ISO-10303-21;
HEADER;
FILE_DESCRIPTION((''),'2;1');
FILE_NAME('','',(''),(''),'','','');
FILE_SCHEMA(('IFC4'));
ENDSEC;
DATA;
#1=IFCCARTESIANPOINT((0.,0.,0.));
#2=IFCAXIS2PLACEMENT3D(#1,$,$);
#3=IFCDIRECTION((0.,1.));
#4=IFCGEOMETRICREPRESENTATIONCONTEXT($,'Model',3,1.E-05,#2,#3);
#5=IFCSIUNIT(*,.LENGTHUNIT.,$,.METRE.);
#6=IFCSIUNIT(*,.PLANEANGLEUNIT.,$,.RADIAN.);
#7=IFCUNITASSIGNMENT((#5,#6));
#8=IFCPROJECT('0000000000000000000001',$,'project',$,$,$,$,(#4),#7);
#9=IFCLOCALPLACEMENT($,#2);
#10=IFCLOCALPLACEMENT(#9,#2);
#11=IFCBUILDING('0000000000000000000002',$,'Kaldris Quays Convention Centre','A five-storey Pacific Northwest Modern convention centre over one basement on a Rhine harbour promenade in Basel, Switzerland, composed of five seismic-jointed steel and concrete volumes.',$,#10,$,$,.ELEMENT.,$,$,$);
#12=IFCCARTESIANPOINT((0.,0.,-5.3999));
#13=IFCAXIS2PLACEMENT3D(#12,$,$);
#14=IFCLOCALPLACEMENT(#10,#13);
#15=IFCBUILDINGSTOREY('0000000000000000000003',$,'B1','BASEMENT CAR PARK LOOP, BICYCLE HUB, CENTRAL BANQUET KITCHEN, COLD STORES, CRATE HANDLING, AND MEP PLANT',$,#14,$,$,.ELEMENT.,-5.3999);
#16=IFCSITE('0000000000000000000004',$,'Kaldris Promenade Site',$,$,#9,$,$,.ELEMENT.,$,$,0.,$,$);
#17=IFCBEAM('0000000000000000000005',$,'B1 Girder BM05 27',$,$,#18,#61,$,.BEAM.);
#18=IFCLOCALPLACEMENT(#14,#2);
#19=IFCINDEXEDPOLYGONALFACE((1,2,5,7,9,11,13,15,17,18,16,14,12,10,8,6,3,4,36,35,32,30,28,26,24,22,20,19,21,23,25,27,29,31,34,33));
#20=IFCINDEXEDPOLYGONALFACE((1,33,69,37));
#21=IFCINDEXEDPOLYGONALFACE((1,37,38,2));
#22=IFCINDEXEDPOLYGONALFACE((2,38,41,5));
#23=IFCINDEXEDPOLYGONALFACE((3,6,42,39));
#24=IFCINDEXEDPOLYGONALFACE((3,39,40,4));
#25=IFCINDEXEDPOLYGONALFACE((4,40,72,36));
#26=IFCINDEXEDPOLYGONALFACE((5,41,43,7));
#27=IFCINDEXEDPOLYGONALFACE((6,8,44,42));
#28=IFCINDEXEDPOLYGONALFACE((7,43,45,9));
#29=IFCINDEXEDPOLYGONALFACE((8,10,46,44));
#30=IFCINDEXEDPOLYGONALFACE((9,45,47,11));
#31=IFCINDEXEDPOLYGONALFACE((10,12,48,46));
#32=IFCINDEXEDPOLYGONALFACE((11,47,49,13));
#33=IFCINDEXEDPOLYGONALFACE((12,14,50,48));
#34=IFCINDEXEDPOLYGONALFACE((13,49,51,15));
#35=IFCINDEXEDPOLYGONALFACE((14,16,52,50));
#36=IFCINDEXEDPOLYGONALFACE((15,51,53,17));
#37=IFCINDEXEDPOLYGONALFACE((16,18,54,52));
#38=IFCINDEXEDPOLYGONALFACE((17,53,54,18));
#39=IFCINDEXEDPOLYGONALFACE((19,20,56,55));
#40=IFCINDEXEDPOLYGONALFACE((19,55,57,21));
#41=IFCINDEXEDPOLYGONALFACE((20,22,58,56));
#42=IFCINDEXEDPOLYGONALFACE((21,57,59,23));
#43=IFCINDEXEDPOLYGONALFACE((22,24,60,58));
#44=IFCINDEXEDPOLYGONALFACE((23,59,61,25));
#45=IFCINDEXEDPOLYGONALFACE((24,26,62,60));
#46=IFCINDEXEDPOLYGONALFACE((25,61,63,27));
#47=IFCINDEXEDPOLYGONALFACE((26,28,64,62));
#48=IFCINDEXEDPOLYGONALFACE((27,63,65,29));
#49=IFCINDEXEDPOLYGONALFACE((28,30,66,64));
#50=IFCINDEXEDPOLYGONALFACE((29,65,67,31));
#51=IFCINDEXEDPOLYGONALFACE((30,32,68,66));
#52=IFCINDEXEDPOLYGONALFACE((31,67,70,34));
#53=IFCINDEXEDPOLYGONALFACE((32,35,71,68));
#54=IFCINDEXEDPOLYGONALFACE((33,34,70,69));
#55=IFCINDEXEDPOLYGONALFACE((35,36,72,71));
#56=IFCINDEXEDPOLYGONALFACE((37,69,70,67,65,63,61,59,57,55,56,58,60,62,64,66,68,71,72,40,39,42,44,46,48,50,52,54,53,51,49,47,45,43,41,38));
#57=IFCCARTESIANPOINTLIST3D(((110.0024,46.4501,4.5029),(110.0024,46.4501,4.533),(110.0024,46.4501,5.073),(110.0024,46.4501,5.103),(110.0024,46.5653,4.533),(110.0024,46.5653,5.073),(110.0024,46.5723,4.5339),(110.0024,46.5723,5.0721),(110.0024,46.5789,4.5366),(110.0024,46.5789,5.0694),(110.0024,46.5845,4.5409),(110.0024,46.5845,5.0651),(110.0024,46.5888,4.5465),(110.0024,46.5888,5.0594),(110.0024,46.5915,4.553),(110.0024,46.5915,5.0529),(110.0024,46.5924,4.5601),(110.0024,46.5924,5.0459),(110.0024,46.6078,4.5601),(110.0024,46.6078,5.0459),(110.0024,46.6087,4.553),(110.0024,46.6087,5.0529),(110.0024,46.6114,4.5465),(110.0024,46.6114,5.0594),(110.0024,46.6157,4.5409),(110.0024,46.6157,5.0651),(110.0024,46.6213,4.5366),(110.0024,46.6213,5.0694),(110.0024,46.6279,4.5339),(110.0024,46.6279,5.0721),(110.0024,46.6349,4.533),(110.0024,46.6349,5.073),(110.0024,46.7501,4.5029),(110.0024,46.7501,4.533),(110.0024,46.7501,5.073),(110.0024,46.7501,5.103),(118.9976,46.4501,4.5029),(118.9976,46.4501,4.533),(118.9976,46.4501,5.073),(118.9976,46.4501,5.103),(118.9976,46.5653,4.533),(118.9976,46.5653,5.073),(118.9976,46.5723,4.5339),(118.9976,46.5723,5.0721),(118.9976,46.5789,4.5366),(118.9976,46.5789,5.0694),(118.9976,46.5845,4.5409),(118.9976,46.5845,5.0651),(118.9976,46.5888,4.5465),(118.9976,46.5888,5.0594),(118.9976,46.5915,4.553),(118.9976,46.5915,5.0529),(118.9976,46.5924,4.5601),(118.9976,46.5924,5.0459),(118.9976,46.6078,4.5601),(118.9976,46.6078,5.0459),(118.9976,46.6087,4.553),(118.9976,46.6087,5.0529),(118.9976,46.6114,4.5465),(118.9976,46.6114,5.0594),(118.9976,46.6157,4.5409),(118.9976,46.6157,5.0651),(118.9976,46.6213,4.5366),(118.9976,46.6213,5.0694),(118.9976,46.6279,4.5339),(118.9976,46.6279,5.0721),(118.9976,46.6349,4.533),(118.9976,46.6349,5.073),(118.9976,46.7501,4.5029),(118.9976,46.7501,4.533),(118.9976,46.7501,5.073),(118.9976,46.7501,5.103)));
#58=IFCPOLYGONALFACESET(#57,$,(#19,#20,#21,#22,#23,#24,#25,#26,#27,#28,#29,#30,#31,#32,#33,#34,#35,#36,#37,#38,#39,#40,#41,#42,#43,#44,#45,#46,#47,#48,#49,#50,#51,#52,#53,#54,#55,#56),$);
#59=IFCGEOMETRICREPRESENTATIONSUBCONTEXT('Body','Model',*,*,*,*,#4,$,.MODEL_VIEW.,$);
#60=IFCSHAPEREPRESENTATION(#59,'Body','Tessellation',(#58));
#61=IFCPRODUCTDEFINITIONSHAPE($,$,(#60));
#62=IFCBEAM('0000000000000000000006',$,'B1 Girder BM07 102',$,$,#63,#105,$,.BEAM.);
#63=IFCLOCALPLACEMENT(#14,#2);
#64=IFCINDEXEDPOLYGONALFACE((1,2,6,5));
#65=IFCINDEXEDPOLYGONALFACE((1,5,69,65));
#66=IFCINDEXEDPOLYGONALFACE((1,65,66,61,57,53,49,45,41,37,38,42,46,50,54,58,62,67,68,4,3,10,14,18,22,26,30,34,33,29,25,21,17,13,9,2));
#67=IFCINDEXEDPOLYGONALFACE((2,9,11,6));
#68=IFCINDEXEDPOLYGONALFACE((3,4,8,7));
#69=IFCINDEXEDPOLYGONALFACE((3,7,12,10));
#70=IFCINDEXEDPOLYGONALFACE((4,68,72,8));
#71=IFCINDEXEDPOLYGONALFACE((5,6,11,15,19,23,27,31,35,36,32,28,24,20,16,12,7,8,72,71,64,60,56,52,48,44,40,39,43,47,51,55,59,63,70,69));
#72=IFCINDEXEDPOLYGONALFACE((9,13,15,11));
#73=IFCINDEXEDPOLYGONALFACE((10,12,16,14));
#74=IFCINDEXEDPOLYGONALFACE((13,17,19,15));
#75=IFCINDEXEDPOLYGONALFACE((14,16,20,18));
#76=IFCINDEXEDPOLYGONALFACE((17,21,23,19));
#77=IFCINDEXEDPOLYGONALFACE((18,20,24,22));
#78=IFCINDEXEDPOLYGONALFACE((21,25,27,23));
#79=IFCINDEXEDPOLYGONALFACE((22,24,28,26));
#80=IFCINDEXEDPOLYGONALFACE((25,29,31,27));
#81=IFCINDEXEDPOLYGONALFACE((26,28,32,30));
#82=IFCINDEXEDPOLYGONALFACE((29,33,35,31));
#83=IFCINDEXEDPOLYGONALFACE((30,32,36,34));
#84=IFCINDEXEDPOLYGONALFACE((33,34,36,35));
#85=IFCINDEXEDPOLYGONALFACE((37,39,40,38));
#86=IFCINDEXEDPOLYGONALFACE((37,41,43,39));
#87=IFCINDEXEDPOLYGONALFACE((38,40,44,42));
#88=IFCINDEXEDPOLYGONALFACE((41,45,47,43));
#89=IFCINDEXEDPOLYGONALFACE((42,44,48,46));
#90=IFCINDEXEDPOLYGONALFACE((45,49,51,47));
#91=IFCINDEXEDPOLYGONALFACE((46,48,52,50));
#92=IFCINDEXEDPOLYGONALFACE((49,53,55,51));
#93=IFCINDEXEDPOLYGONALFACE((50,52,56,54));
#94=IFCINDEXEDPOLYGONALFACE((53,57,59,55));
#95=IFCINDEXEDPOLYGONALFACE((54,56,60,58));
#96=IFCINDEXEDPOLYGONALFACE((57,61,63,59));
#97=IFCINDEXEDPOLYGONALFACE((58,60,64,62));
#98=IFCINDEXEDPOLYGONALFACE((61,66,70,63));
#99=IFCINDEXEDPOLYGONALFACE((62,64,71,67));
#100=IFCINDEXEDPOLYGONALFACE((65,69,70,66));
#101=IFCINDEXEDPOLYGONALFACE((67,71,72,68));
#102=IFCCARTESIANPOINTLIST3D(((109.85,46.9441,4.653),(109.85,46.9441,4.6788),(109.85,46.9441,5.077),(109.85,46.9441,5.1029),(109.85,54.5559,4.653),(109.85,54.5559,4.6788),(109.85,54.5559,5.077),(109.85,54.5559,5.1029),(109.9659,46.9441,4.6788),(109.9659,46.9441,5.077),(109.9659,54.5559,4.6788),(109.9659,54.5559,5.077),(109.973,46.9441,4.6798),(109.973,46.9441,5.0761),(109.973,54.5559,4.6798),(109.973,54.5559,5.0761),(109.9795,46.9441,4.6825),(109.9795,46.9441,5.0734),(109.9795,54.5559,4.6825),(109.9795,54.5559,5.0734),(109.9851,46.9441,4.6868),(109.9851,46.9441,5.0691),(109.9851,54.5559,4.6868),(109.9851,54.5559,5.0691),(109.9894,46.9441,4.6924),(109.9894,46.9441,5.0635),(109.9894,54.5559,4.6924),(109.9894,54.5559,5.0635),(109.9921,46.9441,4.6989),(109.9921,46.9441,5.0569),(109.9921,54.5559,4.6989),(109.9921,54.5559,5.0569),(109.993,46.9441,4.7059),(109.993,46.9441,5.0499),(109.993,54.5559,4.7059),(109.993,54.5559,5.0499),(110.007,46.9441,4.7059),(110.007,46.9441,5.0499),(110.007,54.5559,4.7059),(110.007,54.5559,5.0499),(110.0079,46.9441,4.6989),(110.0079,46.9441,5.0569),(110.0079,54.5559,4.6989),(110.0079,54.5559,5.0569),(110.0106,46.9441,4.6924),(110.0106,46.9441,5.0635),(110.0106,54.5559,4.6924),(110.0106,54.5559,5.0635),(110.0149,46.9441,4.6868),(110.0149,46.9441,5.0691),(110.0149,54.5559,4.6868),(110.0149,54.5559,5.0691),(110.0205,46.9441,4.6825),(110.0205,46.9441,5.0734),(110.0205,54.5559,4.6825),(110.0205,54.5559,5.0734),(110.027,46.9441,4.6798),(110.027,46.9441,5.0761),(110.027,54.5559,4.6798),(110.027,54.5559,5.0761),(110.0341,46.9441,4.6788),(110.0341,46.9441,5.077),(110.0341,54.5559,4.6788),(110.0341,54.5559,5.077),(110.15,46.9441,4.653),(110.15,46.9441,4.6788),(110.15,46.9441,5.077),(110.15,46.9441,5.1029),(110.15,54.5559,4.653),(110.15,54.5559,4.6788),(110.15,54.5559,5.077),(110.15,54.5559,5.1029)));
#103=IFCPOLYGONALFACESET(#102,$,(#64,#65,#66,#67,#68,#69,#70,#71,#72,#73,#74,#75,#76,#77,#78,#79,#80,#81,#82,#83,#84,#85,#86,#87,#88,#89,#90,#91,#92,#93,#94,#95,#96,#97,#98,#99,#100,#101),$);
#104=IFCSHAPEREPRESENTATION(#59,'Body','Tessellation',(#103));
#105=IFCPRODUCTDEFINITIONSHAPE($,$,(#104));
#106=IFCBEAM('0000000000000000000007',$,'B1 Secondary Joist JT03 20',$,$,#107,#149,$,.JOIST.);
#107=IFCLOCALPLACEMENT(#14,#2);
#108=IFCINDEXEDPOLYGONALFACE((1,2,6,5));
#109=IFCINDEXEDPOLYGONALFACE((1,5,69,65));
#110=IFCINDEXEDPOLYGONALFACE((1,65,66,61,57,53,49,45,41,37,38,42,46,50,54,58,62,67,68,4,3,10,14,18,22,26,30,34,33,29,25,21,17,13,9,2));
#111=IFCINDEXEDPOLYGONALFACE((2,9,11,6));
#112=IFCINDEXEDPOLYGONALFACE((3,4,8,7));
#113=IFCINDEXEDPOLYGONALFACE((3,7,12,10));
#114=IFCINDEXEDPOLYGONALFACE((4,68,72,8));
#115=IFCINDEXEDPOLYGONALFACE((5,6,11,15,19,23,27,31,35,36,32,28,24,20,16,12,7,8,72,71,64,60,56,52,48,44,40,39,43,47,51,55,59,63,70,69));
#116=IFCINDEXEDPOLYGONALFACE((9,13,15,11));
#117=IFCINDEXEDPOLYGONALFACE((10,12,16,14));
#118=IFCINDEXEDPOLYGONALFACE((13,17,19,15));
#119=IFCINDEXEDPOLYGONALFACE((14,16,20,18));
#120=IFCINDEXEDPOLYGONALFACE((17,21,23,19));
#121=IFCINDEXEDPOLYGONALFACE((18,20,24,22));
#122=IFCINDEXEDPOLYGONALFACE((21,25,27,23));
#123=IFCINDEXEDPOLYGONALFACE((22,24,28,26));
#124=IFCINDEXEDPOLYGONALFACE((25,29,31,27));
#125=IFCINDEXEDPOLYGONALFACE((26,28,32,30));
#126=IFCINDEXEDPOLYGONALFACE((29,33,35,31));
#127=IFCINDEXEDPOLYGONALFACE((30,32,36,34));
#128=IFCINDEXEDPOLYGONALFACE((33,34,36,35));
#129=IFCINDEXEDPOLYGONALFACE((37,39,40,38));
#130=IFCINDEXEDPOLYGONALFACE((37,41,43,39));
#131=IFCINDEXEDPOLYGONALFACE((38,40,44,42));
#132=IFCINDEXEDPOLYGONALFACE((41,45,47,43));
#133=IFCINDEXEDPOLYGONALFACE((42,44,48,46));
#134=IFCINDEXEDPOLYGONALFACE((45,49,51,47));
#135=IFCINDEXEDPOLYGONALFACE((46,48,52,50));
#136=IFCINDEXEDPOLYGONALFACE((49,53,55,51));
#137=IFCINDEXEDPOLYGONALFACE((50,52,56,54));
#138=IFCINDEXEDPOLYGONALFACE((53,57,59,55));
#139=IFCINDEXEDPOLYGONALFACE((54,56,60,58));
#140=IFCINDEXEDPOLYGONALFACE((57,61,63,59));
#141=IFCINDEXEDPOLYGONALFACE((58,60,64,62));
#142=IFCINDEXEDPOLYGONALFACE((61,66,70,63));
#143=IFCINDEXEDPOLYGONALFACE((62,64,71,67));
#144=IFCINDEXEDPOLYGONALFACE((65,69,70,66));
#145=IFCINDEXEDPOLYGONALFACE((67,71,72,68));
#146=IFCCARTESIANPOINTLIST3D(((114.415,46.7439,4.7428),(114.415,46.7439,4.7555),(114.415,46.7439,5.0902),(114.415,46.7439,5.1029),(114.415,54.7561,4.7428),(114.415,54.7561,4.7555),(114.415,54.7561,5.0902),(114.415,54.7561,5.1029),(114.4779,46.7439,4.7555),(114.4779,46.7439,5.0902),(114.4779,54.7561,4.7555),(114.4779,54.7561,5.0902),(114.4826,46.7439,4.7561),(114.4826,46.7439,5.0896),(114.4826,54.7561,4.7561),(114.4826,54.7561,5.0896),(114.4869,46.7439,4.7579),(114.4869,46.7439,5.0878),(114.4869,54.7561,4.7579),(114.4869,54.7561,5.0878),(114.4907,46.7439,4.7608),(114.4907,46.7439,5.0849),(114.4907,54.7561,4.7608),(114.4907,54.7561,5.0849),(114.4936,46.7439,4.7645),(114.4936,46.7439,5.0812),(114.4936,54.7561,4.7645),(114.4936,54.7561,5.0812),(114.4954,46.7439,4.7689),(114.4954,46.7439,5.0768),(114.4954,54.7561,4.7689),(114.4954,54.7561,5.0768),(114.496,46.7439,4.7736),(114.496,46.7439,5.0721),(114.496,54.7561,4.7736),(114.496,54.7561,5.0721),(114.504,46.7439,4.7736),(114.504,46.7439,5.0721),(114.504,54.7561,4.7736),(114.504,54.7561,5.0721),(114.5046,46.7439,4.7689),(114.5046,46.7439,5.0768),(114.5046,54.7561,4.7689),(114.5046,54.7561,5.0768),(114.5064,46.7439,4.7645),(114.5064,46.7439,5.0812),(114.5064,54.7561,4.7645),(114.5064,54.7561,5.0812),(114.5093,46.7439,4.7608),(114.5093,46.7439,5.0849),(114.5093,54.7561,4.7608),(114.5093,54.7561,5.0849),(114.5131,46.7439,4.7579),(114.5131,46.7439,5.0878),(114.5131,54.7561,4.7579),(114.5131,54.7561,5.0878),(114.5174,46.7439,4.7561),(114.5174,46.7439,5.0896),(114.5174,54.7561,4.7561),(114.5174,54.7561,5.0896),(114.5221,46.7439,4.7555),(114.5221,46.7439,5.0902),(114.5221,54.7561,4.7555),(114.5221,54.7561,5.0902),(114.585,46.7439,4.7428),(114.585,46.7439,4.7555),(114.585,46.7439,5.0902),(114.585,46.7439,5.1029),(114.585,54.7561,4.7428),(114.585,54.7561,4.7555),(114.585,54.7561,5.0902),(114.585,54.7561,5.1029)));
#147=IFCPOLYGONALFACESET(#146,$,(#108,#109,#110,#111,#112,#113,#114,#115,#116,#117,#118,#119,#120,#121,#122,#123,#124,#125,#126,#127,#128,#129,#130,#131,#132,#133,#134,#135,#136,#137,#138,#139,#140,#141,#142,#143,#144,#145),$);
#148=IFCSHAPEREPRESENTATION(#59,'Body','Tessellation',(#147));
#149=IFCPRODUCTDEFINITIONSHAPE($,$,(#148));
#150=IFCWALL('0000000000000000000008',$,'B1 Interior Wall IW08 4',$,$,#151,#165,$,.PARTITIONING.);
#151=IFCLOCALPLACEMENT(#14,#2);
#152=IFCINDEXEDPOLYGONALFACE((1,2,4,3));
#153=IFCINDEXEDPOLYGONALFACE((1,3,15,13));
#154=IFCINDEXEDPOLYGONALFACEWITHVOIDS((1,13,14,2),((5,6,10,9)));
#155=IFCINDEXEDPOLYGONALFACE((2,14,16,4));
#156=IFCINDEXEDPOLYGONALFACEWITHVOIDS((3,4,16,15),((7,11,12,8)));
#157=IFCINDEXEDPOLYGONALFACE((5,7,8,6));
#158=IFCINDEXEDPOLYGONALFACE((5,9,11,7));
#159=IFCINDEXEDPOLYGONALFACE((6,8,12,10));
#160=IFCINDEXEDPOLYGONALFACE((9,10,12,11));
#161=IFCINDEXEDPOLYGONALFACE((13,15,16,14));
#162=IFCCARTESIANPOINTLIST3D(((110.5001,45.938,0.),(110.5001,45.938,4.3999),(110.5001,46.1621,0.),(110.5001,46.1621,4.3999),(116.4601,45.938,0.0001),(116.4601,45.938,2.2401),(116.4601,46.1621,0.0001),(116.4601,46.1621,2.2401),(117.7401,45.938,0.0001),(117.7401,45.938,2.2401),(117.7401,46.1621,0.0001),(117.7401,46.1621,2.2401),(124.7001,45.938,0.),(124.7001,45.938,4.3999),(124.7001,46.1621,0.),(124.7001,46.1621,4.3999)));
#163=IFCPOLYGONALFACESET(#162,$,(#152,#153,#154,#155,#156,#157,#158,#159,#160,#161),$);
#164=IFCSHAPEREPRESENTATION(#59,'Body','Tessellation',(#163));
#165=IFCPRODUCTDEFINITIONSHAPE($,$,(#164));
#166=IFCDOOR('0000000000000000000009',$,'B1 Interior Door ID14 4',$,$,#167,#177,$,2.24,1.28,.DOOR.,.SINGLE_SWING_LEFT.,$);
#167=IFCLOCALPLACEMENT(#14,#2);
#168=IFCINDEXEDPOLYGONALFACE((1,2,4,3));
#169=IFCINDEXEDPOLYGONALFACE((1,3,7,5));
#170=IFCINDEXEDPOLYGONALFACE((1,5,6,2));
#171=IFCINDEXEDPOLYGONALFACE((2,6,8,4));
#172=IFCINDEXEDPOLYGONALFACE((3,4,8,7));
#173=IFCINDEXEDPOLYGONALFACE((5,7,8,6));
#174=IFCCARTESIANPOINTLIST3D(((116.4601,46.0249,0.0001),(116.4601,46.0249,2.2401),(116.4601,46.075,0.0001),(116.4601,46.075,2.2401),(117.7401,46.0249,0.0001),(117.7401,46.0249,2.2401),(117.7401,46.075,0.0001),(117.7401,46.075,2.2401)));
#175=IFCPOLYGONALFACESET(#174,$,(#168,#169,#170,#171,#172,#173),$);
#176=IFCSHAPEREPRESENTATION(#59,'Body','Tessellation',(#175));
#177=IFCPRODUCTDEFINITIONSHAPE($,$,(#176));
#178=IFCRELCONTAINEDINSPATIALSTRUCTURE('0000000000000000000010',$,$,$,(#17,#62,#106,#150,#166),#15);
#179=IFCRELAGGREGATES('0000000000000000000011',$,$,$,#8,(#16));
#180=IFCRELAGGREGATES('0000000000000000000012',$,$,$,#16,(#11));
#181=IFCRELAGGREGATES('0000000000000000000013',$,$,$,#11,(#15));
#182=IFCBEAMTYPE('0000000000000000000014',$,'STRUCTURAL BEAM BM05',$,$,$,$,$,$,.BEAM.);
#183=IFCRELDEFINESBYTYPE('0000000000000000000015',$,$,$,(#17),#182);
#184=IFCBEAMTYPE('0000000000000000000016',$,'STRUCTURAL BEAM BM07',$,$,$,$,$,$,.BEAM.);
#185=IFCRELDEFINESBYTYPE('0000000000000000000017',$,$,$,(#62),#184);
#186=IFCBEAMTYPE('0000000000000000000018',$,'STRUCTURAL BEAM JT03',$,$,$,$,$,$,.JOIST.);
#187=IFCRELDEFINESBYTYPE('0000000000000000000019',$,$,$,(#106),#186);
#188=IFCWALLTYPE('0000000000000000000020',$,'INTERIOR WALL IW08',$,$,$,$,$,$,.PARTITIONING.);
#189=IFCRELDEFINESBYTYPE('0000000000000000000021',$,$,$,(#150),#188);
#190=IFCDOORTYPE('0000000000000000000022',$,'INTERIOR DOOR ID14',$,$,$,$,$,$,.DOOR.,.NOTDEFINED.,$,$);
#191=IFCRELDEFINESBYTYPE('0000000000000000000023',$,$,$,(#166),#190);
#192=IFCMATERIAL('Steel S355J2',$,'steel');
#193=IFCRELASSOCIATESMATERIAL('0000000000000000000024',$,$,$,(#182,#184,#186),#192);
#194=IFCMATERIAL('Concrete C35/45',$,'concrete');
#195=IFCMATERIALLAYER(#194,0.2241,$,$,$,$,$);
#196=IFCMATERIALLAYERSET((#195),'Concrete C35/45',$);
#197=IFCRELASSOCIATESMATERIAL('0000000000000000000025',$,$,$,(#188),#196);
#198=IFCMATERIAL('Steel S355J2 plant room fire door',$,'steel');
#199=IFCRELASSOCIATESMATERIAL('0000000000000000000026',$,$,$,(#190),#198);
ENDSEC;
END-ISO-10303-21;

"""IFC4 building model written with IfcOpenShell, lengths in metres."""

from ifc_helpers import new_model, si_unit, direction, frame, frame_2d, origin, origin_2d, place, context, subcontext, project, spatial, rectangle, i_section, extrude, material, layer, layer_set, material_profile, profile_set, type_object, element, fill, save


model = new_model("IFC4")

# Units and contexts
model_context = context("Model", 3, precision=1e-05, world=origin(), true_north=direction((0.0, 1.0)))
body_context = subcontext(model_context, "Body", "Model", "MODEL_VIEW")
ifc_project = project(units=[si_unit("LENGTHUNIT", "METRE"), si_unit("PLANEANGLEUNIT", "RADIAN")], contexts=[model_context])

# Site, building, storey
site_placement = place(None, origin())
site = spatial("IfcSite", under=ifc_project, at=site_placement, Name="Kaldris Promenade Site", CompositionType="ELEMENT", RefElevation=0.0)
building_placement = place(site_placement, origin())
building = spatial("IfcBuilding", under=site, at=building_placement, Name="Kaldris Quays Convention Centre", Description="A five-storey Pacific Northwest Modern convention centre over one basement on a Rhine harbour promenade in Basel, Switzerland, composed of five seismic-jointed steel and concrete volumes.", CompositionType="ELEMENT")
storey_placement = place(building_placement, frame((0.0, 0.0, -5.3999)))
storey = spatial("IfcBuildingStorey", under=building, at=storey_placement, Name="B1", Description="BASEMENT CAR PARK LOOP, BICYCLE HUB, CENTRAL BANQUET KITCHEN, COLD STORES, CRATE HANDLING, AND MEP PLANT", CompositionType="ELEMENT", Elevation=-5.3999)

# Shared definitions
ifc_material_1 = material(Name="Concrete C35/45", Category="concrete")

# Shared definitions
ifc_material_2 = material(Name="Steel S355J2", Category="steel")

# Beams
ifc_material_profile_1 = material_profile(ifc_material_2, i_section(OverallWidth=0.3, OverallDepth=0.6001, WebThickness=0.0154, FlangeThickness=0.03, FilletRadius=0.0271, at=origin_2d()), Name="HEB 600")
ifc_profile_set_1 = profile_set([ifc_material_profile_1], Name="Steel S355J2")
beam_type_1 = type_object("IfcBeamType", Name="STRUCTURAL BEAM BM05", PredefinedType="BEAM", material=ifc_profile_set_1)
beam_1_placement = place(storey_placement, frame((110.0024, 46.6001, 4.803), z_axis=(1.0, 0.0, 0.0), x_axis=(0.0, 1.0, 0.0)))
element("IfcBeam", 1, at=beam_1_placement, inside=storey, type_object=beam_type_1, Name="B1 Girder BM05 27", PredefinedType="BEAM", context=body_context, shape_type="SweptSolid", body=[
    extrude(i_section(OverallWidth=0.3, OverallDepth=0.6001, WebThickness=0.0154, FlangeThickness=0.03, FilletRadius=0.0271, at=origin_2d()), origin(), (0.0, 0.0, 1.0), 8.9951),
])
ifc_material_profile_2 = material_profile(ifc_material_2, i_section(OverallWidth=0.3, OverallDepth=0.45, WebThickness=0.0139, FlangeThickness=0.0259, FilletRadius=0.0271, at=origin_2d()), Name="HEB 450")
ifc_profile_set_2 = profile_set([ifc_material_profile_2], Name="Steel S355J2")
beam_type_2 = type_object("IfcBeamType", Name="STRUCTURAL BEAM BM07", PredefinedType="BEAM", material=ifc_profile_set_2)
beam_2_placement = place(storey_placement, frame((110.0, 46.9441, 4.8779), z_axis=(0.0, 1.0, 0.0), x_axis=(-1.0, 0.0, 0.0)))
element("IfcBeam", 2, at=beam_2_placement, inside=storey, type_object=beam_type_2, Name="B1 Girder BM07 102", PredefinedType="BEAM", context=body_context, shape_type="SweptSolid", body=[
    extrude(i_section(OverallWidth=0.3, OverallDepth=0.45, WebThickness=0.0139, FlangeThickness=0.0259, FilletRadius=0.0271, at=origin_2d()), origin(), (0.0, 0.0, 1.0), 7.6118),
])
ifc_material_profile_3 = material_profile(ifc_material_2, i_section(OverallWidth=0.1699, OverallDepth=0.3601, WebThickness=0.0081, FlangeThickness=0.0127, FilletRadius=0.0181, at=origin_2d()), Name="IPE 360")
ifc_profile_set_3 = profile_set([ifc_material_profile_3], Name="Steel S355J2")
beam_type_3 = type_object("IfcBeamType", Name="STRUCTURAL BEAM JT03", PredefinedType="JOIST", material=ifc_profile_set_3)
beam_3_placement = place(storey_placement, frame((114.5, 46.7439, 4.9229), z_axis=(0.0, 1.0, 0.0), x_axis=(-1.0, 0.0, 0.0)))
element("IfcBeam", 3, at=beam_3_placement, inside=storey, type_object=beam_type_3, Name="B1 Secondary Joist JT03 20", PredefinedType="JOIST", context=body_context, shape_type="SweptSolid", body=[
    extrude(i_section(OverallWidth=0.1699, OverallDepth=0.3601, WebThickness=0.0081, FlangeThickness=0.0127, FilletRadius=0.0181, at=origin_2d()), origin(), (0.0, 0.0, 1.0), 8.0122),
])

# Wall, opening, door
ifc_layer_1 = layer(ifc_material_1, 0.2241)
ifc_layer_set_1 = layer_set([ifc_layer_1], Name="Concrete C35/45")
wall_type_1 = type_object("IfcWallType", Name="INTERIOR WALL IW08", PredefinedType="PARTITIONING", material=ifc_layer_set_1)
wall_1_placement = place(storey_placement, frame((110.5, 46.05, 0.0), z_axis=(0.0, 0.0, 1.0), x_axis=(1.0, 0.0, 0.0)))
wall_1 = element("IfcWall", 4, at=wall_1_placement, inside=storey, type_object=wall_type_1, Name="B1 Interior Wall IW08 4", PredefinedType="PARTITIONING", context=body_context, shape_type="SweptSolid", body=[
    extrude(rectangle(XDim=14.2, YDim=0.2241, at=frame_2d((7.1001, 0.0))), origin(), (0.0, 0.0, 1.0), 4.3999),
])
opening_placement = place(wall_1_placement, frame((5.96, 0.0, 0.0)))
opening = element("IfcOpeningElement", 5, at=opening_placement, cuts=wall_1, PredefinedType="OPENING", context=body_context, shape_type="SweptSolid", body=[
    extrude(rectangle(XDim=1.28, YDim=2.24, at=frame_2d((0.6401, 1.1201))), frame((0.0, 0.1221, 0.0), z_axis=(0.0, -1.0, 0.0), x_axis=(1.0, 0.0, 0.0)), (0.0, 0.0, 1.0), 0.2441),
])
ifc_material_3 = material(Name="Steel S355J2 plant room fire door", Category="steel")
door_type = type_object("IfcDoorType", Name="INTERIOR DOOR ID14", OperationType="NOTDEFINED", PredefinedType="DOOR", material=ifc_material_3)
door_placement = place(opening_placement, origin())
door = element("IfcDoor", 6, at=door_placement, inside=storey, type_object=door_type, Name="B1 Interior Door ID14 4", OperationType="SINGLE_SWING_LEFT", OverallHeight=2.24, OverallWidth=1.28, PredefinedType="DOOR", context=body_context, shape_type="SweptSolid", body=[
    extrude(rectangle(XDim=1.28, YDim=2.24, at=frame_2d((0.6401, 1.1201))), frame((0.0, 0.0249, 0.0), z_axis=(0.0, -1.0, 0.0), x_axis=(1.0, 0.0, 0.0)), (0.0, 0.0, 1.0), 0.05),
])
fill(opening, door)

save(model, "model.ifc")
